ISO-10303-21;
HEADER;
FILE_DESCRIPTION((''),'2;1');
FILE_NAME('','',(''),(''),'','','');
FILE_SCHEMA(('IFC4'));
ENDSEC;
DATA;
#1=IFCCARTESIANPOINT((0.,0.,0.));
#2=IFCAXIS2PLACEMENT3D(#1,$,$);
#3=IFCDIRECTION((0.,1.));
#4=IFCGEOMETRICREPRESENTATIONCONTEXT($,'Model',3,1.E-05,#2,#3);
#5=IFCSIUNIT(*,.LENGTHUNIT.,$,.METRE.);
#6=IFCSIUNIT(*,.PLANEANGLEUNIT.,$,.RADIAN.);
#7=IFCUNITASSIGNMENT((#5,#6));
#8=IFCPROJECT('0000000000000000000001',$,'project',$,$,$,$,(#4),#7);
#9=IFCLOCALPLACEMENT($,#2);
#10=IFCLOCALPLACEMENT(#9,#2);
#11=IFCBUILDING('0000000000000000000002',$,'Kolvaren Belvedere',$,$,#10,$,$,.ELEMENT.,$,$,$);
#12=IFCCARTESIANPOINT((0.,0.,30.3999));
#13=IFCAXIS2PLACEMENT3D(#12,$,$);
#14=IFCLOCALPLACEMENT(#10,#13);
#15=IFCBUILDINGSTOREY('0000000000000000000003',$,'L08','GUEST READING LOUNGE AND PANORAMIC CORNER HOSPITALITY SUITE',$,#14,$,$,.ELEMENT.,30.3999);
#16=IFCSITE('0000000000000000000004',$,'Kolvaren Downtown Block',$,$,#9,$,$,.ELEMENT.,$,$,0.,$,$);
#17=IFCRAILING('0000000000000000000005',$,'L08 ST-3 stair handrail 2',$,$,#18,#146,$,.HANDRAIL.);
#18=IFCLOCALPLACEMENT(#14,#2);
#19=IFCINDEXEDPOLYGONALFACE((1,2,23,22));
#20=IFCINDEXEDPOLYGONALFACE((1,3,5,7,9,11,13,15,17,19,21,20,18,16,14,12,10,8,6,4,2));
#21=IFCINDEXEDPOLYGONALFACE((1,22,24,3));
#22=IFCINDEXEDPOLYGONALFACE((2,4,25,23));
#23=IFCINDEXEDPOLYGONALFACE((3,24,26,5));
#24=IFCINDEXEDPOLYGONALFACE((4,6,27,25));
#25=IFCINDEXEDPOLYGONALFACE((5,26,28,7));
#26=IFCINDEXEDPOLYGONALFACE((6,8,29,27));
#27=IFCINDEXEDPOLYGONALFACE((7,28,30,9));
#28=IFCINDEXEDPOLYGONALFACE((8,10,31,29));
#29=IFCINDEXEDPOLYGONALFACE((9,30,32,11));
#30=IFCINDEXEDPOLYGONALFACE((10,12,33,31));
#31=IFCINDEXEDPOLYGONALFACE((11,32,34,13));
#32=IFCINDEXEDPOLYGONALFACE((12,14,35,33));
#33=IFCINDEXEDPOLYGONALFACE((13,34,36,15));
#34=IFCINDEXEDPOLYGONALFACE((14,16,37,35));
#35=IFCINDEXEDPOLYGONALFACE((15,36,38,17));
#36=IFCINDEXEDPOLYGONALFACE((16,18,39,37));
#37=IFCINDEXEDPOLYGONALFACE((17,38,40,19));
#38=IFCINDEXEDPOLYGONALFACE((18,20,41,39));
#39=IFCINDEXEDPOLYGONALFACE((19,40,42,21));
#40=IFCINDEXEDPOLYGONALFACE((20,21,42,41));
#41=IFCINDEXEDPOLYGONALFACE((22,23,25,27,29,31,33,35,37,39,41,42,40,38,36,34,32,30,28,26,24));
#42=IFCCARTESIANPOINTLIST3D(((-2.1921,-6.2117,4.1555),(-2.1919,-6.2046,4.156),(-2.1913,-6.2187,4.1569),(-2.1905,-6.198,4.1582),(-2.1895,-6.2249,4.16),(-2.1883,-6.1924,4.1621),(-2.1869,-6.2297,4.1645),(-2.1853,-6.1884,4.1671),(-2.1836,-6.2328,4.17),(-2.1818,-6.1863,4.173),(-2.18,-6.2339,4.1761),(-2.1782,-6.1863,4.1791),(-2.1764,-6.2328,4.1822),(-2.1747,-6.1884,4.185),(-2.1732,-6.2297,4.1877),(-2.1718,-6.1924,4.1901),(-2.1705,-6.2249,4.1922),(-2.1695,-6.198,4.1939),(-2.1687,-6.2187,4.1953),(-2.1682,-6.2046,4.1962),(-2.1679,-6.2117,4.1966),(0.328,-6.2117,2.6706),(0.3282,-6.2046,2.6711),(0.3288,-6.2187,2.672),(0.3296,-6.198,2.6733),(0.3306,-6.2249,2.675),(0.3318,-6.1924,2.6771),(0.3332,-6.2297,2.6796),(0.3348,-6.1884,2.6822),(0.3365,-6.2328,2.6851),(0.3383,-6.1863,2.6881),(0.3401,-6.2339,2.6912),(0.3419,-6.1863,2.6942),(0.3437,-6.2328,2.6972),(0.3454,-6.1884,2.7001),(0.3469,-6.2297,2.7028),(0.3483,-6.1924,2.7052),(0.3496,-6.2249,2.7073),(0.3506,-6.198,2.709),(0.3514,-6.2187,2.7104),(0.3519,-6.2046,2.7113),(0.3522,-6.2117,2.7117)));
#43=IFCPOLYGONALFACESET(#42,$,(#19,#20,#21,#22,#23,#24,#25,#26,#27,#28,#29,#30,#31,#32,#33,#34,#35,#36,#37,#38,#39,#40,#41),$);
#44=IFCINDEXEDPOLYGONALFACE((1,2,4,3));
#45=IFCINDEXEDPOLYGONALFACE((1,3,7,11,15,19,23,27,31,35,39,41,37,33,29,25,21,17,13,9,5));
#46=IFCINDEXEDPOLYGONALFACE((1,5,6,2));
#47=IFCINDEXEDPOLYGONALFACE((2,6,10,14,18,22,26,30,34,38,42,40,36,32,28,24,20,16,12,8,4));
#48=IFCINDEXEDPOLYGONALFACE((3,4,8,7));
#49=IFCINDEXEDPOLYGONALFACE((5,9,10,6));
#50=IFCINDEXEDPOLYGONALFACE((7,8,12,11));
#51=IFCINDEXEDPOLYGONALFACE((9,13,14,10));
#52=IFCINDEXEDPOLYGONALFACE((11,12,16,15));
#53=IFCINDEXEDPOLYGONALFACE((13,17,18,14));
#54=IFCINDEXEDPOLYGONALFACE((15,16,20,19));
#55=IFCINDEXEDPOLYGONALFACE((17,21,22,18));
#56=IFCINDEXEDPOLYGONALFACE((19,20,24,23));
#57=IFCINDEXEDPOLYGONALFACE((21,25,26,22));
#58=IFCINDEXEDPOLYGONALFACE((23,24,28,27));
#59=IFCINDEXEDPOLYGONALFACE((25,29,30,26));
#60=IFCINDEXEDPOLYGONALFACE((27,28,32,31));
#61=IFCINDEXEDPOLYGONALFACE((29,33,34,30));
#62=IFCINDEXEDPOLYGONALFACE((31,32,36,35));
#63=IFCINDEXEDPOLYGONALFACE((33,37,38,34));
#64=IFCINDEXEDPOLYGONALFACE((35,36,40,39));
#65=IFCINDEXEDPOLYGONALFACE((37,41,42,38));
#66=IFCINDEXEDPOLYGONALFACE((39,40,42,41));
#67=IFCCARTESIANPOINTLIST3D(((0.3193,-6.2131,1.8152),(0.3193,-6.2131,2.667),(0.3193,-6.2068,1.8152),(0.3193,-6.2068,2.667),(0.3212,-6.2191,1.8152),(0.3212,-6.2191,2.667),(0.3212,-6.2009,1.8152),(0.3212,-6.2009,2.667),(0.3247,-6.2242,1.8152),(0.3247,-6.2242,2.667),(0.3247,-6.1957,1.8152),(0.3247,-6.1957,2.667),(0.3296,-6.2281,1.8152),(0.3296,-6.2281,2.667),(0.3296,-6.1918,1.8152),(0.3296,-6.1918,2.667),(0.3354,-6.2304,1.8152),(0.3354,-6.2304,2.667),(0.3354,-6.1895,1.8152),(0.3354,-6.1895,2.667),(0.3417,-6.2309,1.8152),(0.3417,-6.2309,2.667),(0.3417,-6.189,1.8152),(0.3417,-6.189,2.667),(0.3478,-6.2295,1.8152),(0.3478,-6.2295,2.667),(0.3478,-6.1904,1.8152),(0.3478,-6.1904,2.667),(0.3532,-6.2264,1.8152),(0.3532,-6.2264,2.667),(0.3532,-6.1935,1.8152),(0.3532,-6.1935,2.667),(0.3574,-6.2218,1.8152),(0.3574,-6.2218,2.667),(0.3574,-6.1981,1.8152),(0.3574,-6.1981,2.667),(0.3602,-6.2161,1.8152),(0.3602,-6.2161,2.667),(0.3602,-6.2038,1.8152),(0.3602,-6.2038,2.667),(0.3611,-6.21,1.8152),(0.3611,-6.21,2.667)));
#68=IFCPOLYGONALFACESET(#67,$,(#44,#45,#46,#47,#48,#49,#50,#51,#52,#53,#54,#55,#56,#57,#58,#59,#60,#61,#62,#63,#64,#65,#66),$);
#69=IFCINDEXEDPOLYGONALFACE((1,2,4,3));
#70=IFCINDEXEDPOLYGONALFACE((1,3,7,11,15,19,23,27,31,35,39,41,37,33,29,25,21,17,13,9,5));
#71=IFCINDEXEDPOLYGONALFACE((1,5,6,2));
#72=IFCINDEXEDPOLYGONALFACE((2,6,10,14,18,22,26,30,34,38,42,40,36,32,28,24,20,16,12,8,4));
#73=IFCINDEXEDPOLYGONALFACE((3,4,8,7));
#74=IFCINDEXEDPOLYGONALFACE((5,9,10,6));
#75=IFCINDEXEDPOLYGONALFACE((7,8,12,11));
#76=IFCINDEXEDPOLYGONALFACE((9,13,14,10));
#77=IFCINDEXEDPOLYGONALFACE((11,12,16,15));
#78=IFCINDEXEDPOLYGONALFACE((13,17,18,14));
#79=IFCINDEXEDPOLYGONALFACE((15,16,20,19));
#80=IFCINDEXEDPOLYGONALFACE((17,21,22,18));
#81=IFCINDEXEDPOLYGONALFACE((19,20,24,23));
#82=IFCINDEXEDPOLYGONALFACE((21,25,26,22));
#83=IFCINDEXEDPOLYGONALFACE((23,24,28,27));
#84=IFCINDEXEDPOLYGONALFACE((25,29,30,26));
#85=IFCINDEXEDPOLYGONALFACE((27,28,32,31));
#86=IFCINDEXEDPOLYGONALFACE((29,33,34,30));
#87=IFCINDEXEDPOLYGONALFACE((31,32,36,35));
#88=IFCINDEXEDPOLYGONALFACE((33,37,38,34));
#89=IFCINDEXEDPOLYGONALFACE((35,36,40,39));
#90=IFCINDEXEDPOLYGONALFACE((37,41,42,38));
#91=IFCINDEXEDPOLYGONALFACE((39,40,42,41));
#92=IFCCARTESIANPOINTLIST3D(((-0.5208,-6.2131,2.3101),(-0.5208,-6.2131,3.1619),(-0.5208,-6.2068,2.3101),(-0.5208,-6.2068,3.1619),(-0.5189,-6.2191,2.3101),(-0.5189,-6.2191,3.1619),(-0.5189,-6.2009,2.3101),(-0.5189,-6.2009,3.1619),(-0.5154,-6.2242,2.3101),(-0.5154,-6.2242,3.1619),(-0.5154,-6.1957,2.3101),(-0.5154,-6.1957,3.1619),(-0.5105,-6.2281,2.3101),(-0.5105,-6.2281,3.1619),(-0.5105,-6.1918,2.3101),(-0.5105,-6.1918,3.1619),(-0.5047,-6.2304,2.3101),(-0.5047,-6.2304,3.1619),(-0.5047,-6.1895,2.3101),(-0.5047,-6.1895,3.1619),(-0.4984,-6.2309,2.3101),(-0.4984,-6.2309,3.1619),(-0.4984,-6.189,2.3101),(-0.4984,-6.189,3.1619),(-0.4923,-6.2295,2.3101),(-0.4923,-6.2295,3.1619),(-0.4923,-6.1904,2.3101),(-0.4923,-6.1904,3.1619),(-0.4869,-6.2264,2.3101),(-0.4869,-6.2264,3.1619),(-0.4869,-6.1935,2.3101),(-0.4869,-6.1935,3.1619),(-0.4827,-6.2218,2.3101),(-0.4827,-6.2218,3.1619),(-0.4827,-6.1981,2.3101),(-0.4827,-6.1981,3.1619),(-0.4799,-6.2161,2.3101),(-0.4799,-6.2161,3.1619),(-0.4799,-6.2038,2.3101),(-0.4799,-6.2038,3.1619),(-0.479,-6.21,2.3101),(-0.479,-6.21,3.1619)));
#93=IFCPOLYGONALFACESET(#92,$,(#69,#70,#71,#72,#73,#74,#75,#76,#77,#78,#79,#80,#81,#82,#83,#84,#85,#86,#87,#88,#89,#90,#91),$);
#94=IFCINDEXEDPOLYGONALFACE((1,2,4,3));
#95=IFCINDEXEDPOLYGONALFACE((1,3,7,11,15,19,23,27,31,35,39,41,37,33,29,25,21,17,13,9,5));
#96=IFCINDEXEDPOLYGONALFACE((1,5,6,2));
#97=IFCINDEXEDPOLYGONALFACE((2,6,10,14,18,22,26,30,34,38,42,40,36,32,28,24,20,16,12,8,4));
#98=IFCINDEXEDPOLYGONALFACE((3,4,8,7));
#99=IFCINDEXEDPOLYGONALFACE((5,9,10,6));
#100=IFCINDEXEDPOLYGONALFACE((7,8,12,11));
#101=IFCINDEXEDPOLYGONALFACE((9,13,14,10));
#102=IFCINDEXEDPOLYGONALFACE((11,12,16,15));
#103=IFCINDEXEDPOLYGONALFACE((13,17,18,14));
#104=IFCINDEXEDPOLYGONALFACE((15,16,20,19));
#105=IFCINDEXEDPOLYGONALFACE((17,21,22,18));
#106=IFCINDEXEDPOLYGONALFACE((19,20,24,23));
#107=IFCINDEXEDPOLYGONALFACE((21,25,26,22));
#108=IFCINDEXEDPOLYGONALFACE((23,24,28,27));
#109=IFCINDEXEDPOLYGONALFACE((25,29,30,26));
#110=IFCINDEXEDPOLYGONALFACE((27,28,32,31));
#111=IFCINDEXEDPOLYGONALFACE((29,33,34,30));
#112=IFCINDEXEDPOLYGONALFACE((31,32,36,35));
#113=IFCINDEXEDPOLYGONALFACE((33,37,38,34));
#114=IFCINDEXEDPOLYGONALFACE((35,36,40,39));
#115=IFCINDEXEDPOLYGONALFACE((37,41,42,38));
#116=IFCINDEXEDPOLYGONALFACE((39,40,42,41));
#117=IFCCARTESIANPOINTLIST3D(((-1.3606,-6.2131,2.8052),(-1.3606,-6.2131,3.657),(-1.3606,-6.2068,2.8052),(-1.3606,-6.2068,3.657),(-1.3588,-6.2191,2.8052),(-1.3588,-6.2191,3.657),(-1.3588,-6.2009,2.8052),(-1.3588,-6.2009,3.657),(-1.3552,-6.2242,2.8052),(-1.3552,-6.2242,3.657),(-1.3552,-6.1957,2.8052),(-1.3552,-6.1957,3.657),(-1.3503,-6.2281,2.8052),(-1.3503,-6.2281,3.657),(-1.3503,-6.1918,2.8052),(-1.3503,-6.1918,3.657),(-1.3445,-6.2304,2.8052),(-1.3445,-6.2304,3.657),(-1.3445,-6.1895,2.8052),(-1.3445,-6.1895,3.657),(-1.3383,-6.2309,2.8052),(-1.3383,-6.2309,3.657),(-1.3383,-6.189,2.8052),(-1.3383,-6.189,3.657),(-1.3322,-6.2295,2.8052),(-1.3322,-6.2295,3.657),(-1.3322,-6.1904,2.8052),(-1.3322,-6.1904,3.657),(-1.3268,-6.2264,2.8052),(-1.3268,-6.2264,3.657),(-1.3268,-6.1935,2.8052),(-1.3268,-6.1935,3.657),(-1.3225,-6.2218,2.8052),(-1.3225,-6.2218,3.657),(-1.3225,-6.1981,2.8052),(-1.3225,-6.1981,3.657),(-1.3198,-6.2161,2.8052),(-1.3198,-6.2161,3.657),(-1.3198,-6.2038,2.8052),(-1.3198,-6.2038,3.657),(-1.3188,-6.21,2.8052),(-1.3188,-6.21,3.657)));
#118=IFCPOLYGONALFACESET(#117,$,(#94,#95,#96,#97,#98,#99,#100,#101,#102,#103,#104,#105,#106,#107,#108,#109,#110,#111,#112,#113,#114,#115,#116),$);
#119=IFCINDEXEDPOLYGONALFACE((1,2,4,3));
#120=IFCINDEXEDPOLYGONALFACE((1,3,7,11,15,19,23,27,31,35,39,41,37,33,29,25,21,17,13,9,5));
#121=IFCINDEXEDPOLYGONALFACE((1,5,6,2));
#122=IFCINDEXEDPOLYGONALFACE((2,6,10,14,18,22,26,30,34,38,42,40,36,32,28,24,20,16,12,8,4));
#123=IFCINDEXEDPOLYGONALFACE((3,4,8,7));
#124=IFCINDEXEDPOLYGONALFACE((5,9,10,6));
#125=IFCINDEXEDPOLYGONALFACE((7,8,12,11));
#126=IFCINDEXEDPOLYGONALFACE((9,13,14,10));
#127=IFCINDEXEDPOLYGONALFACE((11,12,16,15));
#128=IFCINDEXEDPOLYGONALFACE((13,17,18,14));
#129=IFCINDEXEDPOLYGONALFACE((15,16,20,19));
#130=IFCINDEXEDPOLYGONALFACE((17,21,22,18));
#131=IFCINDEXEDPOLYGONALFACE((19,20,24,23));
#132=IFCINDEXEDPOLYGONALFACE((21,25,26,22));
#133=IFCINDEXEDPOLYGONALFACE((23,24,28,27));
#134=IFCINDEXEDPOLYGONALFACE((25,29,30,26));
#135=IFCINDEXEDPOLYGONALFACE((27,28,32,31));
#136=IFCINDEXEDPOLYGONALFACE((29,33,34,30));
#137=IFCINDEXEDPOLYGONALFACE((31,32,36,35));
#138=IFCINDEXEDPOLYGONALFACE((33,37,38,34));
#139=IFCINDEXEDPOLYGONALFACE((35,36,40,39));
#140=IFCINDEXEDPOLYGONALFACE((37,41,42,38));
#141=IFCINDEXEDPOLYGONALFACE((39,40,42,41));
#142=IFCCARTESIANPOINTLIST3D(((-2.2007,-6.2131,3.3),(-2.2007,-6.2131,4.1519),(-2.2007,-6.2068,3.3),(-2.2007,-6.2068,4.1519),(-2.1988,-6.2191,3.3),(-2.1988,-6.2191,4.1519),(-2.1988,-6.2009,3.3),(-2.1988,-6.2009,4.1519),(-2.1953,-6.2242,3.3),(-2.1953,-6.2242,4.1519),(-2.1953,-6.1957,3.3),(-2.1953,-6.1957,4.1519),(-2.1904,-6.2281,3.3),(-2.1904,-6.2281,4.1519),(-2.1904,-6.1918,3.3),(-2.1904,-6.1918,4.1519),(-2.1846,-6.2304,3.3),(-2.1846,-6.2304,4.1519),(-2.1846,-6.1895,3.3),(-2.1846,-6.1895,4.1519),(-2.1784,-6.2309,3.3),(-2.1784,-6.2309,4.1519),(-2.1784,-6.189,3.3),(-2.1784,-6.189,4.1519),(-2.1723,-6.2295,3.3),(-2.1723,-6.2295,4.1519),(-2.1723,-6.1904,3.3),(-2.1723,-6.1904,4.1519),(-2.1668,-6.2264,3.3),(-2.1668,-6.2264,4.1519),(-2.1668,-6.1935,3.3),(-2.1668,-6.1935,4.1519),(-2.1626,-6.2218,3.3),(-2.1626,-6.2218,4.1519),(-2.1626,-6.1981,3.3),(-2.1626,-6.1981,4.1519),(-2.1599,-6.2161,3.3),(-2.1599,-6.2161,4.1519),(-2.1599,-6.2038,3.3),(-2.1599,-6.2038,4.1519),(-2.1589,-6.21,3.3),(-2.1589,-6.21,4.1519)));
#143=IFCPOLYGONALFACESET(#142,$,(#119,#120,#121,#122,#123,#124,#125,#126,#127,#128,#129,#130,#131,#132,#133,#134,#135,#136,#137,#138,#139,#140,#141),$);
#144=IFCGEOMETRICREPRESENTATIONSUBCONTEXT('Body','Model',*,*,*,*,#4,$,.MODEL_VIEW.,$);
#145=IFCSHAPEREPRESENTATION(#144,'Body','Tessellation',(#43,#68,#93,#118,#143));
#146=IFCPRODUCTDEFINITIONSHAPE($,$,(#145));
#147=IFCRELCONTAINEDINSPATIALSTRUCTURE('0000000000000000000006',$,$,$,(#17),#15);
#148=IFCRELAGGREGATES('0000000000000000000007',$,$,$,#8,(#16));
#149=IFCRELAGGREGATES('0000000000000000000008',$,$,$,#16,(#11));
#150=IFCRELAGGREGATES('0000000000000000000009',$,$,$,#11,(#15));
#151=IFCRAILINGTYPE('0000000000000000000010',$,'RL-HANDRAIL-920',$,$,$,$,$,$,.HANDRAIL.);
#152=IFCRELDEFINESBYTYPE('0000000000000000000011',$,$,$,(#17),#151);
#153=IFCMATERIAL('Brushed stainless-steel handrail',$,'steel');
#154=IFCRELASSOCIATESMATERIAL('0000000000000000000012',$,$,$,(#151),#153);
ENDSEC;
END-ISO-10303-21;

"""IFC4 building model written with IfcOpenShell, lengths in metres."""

from ifc_helpers import new_model, si_unit, direction, frame, origin, origin_2d, place, context, subcontext, project, spatial, circle, extrude, material, type_object, element, save


model = new_model("IFC4")

# Units and contexts
model_context = context("Model", 3, precision=1e-05, world=origin(), true_north=direction((0.0, 1.0)))
body_context = subcontext(model_context, "Body", "Model", "MODEL_VIEW")
ifc_project = project(units=[si_unit("LENGTHUNIT", "METRE"), si_unit("PLANEANGLEUNIT", "RADIAN")], contexts=[model_context])

# Site, building, storey
site_placement = place(None, origin())
site = spatial("IfcSite", under=ifc_project, at=site_placement, Name="Kolvaren Downtown Block", CompositionType="ELEMENT", RefElevation=0.0)
building_placement = place(site_placement, origin())
building = spatial("IfcBuilding", under=site, at=building_placement, Name="Kolvaren Belvedere", CompositionType="ELEMENT")
storey_placement = place(building_placement, frame((0.0, 0.0, 30.3999)))
storey = spatial("IfcBuildingStorey", under=building, at=storey_placement, Name="L08", Description="GUEST READING LOUNGE AND PANORAMIC CORNER HOSPITALITY SUITE", CompositionType="ELEMENT", Elevation=30.3999)

# Railing
ifc_material_1 = material(Name="Brushed stainless-steel handrail", Category="steel")
railing_type_1 = type_object("IfcRailingType", Name="RL-HANDRAIL-920", PredefinedType="HANDRAIL", material=ifc_material_1)
railing_1_placement = place(storey_placement, frame((0.3401, -6.21, 1.8152)))
element("IfcRailing", 1, at=railing_1_placement, inside=storey, type_object=railing_type_1, Name="L08 ST-3 stair handrail 2", PredefinedType="HANDRAIL", context=body_context, shape_type="SweptSolid", body=[
    extrude(circle(Radius=0.0239, at=origin_2d()), frame((0.0, 0.0, 0.876), z_axis=(-0.861561, 0.0, 0.507655), x_axis=(0.0, -1.0, 0.0)), (0.0, 0.0, 1.0), 2.925),
    extrude(circle(Radius=0.021, at=origin_2d()), origin(), (0.0, 0.0, 1.0), 0.8518),
    extrude(circle(Radius=0.021, at=origin_2d()), frame((-0.8401, 0.0, 0.4949)), (0.0, 0.0, 1.0), 0.8518),
    extrude(circle(Radius=0.021, at=origin_2d()), frame((-1.6799, 0.0, 0.99)), (0.0, 0.0, 1.0), 0.8518),
    extrude(circle(Radius=0.021, at=origin_2d()), frame((-2.52, 0.0, 1.4849)), (0.0, 0.0, 1.0), 0.8518),
])

save(model, "model.ifc")
